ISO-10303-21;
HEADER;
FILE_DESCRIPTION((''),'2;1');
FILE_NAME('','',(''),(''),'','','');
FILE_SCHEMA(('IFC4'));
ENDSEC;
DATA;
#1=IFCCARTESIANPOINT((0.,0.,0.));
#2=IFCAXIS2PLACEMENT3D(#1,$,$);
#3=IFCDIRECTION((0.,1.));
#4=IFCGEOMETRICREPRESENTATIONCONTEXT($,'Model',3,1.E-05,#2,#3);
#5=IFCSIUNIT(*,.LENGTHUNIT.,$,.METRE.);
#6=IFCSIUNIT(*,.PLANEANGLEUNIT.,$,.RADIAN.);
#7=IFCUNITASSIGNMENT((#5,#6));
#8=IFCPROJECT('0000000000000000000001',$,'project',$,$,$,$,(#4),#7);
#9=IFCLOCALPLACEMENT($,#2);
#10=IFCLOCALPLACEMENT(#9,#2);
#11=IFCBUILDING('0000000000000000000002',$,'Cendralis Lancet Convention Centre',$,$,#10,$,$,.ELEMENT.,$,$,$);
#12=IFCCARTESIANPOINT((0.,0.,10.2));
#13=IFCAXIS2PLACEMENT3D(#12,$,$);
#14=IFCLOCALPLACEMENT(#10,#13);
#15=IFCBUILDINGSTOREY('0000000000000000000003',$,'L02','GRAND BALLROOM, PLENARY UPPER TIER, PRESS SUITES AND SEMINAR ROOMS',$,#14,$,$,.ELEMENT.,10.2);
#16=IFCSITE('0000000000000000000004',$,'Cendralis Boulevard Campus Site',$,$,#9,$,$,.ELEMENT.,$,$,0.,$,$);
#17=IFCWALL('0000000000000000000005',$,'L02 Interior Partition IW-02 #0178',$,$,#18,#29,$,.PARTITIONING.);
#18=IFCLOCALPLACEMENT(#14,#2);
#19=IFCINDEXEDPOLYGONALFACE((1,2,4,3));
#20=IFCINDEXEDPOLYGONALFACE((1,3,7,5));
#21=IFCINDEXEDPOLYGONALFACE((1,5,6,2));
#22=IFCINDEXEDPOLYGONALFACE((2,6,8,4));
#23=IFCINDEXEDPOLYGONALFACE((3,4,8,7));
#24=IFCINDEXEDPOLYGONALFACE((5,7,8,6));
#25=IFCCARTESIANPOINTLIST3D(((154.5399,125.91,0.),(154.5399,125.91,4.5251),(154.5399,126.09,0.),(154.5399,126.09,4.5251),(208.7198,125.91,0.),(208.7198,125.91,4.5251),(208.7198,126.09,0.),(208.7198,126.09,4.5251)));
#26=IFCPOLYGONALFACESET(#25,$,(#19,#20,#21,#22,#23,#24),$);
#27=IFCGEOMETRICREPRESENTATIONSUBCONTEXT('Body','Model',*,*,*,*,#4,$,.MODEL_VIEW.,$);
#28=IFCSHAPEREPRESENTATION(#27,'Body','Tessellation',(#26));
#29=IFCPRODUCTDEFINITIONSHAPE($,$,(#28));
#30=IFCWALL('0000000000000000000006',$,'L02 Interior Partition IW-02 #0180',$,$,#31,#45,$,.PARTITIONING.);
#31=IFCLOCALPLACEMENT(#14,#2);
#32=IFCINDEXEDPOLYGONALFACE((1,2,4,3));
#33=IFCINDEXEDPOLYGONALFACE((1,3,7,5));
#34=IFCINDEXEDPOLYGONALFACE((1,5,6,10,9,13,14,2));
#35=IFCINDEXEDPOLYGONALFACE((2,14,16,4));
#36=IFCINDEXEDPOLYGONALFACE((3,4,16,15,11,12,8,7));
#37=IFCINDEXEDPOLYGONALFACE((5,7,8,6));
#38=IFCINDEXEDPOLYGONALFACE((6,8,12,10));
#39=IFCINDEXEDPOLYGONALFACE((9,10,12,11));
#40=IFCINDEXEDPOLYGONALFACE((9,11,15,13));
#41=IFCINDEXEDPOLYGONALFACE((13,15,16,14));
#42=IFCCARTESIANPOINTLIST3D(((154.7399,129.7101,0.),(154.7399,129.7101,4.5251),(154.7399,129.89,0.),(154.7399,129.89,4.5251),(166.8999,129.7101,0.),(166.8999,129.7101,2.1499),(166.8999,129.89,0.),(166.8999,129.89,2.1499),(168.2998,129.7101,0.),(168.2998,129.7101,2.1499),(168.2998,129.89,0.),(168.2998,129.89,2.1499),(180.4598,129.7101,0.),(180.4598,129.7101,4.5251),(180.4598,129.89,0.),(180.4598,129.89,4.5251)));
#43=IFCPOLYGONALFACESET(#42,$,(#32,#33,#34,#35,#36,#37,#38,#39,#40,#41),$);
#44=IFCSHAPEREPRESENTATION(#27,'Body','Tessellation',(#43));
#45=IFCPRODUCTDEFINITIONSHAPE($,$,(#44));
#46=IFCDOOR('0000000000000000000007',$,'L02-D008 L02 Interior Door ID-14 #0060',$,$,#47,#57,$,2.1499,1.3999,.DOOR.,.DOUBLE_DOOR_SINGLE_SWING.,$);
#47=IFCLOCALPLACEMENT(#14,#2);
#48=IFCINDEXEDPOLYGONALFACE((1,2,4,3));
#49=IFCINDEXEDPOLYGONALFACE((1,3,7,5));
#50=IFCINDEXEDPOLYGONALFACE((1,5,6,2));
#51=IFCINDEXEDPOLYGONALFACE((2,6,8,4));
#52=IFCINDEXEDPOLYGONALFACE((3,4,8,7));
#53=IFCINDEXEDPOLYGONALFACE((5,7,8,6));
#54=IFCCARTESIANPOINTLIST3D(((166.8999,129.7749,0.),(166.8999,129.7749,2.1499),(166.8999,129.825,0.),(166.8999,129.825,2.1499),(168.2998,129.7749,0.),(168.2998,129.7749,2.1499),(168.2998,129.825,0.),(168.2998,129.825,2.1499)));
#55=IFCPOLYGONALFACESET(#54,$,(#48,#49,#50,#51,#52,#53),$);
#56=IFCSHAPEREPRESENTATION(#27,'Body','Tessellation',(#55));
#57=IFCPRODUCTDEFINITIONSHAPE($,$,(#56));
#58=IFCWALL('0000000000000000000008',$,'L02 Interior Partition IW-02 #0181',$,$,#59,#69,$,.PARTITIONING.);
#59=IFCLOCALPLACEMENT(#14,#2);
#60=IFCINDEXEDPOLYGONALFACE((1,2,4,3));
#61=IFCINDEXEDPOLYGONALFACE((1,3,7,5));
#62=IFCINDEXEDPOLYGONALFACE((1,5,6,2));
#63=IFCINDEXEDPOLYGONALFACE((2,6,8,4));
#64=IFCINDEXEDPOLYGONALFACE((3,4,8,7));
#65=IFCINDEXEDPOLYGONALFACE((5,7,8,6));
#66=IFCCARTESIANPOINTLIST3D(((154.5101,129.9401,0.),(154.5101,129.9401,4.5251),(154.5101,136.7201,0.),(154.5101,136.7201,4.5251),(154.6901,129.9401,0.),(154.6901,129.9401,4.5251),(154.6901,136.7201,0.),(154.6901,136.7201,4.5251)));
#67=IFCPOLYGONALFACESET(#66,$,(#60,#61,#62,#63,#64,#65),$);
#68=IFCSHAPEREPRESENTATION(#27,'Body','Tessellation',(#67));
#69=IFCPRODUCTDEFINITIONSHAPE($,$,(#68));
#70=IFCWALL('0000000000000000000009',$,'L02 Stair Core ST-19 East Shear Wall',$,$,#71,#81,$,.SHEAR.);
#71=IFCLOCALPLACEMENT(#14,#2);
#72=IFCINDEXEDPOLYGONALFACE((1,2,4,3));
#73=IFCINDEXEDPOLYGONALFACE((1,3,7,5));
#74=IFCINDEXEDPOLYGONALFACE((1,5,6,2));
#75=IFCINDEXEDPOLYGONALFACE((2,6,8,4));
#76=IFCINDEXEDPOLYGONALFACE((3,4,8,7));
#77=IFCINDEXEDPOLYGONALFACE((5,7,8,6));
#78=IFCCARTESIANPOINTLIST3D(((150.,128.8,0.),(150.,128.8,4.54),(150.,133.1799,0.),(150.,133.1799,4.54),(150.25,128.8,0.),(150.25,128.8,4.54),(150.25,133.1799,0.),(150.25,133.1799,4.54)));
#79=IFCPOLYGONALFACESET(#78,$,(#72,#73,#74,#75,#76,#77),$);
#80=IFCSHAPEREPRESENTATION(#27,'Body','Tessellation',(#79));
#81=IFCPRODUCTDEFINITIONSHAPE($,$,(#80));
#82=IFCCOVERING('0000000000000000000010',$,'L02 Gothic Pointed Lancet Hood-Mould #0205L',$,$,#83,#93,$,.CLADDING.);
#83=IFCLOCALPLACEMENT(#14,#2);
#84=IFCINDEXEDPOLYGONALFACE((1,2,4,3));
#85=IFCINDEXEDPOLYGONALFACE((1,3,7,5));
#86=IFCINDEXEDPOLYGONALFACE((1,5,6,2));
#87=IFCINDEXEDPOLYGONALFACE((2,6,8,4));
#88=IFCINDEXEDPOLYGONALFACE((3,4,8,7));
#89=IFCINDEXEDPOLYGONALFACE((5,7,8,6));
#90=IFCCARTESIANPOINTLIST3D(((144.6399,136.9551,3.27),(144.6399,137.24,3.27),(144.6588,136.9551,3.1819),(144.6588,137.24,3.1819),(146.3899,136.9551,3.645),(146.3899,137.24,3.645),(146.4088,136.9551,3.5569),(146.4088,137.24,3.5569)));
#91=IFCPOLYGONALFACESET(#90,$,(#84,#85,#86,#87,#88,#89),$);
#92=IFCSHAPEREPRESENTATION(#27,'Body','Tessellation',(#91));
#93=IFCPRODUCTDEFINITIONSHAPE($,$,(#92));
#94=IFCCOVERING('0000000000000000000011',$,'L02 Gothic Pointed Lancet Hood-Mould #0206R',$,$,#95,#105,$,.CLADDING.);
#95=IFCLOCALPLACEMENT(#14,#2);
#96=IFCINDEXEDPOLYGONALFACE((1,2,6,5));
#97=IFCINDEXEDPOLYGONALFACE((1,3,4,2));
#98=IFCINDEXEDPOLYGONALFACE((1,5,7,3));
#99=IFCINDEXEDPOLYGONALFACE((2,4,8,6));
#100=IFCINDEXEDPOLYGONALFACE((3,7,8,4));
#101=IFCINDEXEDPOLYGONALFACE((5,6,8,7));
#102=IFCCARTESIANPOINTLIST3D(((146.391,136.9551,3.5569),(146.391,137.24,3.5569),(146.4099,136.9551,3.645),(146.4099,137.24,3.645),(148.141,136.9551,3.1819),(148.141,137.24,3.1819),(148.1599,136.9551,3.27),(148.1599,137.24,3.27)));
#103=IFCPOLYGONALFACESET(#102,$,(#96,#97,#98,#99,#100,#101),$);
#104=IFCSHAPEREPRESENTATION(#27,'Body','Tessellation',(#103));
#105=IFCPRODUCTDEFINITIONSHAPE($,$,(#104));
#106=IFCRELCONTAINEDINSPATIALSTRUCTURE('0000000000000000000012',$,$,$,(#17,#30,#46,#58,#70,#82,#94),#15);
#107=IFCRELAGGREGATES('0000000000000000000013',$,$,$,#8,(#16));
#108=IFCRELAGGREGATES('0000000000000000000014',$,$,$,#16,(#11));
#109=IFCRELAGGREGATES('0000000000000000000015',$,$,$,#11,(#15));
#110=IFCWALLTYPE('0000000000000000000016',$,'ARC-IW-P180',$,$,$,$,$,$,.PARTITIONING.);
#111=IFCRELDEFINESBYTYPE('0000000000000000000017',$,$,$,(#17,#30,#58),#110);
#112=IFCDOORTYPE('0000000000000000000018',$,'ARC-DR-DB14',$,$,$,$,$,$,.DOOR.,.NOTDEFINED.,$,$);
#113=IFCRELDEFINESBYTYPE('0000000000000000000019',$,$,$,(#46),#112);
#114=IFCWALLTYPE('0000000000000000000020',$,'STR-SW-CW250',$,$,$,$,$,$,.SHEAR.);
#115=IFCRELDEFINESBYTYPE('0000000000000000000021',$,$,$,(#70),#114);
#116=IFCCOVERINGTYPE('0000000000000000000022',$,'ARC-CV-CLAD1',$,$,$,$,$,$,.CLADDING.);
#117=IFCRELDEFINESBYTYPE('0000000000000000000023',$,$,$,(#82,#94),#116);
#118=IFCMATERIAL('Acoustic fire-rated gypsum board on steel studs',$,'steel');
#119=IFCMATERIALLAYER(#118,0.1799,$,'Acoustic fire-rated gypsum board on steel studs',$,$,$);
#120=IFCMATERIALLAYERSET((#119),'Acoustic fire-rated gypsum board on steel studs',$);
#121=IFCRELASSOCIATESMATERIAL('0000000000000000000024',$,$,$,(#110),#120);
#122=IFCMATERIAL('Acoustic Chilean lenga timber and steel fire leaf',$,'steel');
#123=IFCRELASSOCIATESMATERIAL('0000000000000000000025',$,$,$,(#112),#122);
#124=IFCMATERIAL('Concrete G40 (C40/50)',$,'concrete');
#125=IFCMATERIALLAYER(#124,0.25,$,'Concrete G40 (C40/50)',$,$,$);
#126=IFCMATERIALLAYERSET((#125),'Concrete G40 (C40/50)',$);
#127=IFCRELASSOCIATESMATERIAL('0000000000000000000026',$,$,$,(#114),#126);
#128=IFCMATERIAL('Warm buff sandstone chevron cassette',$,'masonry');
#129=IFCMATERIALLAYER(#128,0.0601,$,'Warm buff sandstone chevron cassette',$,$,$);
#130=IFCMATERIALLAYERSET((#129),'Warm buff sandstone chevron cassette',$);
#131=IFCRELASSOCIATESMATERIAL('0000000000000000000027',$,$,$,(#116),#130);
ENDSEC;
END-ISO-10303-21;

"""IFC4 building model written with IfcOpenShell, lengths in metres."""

from ifc_helpers import new_model, si_unit, direction, frame, frame_2d, origin, place, context, subcontext, project, spatial, polyline, rectangle, outline, extrude, material, layer, layer_set, type_object, element, fill, save


model = new_model("IFC4")

# Units and contexts
model_context = context("Model", 3, precision=1e-05, world=origin(), true_north=direction((0.0, 1.0)))
body_context = subcontext(model_context, "Body", "Model", "MODEL_VIEW")
ifc_project = project(units=[si_unit("LENGTHUNIT", "METRE"), si_unit("PLANEANGLEUNIT", "RADIAN")], contexts=[model_context])

# Site, building, storey
site_placement = place(None, origin())
site = spatial("IfcSite", under=ifc_project, at=site_placement, Name="Cendralis Boulevard Campus Site", CompositionType="ELEMENT", RefElevation=0.0)
building_placement = place(site_placement, origin())
building = spatial("IfcBuilding", under=site, at=building_placement, Name="Cendralis Lancet Convention Centre", CompositionType="ELEMENT")
storey_placement = place(building_placement, frame((0.0, 0.0, 10.2)))
storey = spatial("IfcBuildingStorey", under=building, at=storey_placement, Name="L02", Description="GRAND BALLROOM, PLENARY UPPER TIER, PRESS SUITES AND SEMINAR ROOMS", CompositionType="ELEMENT", Elevation=10.2)

# Shared definitions
ifc_material_1 = material(Name="Concrete G40 (C40/50)", Category="concrete")

# Wall
ifc_material_2 = material(Name="Acoustic fire-rated gypsum board on steel studs", Category="steel")
ifc_layer_1 = layer(ifc_material_2, 0.1799, Name="Acoustic fire-rated gypsum board on steel studs")
ifc_layer_set_1 = layer_set([ifc_layer_1], Name="Acoustic fire-rated gypsum board on steel studs")
wall_type_1 = type_object("IfcWallType", Name="ARC-IW-P180", PredefinedType="PARTITIONING", material=ifc_layer_set_1)
wall_1_placement = place(storey_placement, frame((154.54, 126.0, 0.0), z_axis=(0.0, 0.0, 1.0), x_axis=(1.0, 0.0, 0.0)))
element("IfcWall", 1, at=wall_1_placement, inside=storey, type_object=wall_type_1, Name="L02 Interior Partition IW-02 #0178", PredefinedType="PARTITIONING", context=body_context, shape_type="SweptSolid", body=[
    extrude(rectangle(XDim=54.1799, YDim=0.1799, at=frame_2d((27.0898, 0.0))), origin(), (0.0, 0.0, 1.0), 4.5251),
])

# Wall, opening, door
wall_2_placement = place(storey_placement, frame((154.74, 129.8, 0.0), z_axis=(0.0, 0.0, 1.0), x_axis=(1.0, 0.0, 0.0)))
wall_2 = element("IfcWall", 2, at=wall_2_placement, inside=storey, type_object=wall_type_1, Name="L02 Interior Partition IW-02 #0180", PredefinedType="PARTITIONING", context=body_context, shape_type="SweptSolid", body=[
    extrude(rectangle(XDim=25.72, YDim=0.1799, at=frame_2d((12.8599, 0.0))), origin(), (0.0, 0.0, 1.0), 4.5251),
])
opening_placement = place(wall_2_placement, frame((12.1599, 0.0, 0.0)))
opening = element("IfcOpeningElement", 3, at=opening_placement, cuts=wall_2, PredefinedType="OPENING", context=body_context, shape_type="SweptSolid", body=[
    extrude(rectangle(XDim=1.3999, YDim=2.1499, at=frame_2d((0.7, 1.075))), frame((0.0, 0.0999, 0.0), z_axis=(0.0, -1.0, 0.0), x_axis=(1.0, 0.0, 0.0)), (0.0, 0.0, 1.0), 0.2),
])
ifc_material_3 = material(Name="Acoustic Chilean lenga timber and steel fire leaf", Category="steel")
door_type = type_object("IfcDoorType", Name="ARC-DR-DB14", OperationType="NOTDEFINED", PredefinedType="DOOR", material=ifc_material_3)
door_placement = place(opening_placement, origin())
door = element("IfcDoor", 4, at=door_placement, inside=storey, type_object=door_type, Name="L02-D008 L02 Interior Door ID-14 #0060", OperationType="DOUBLE_DOOR_SINGLE_SWING", OverallHeight=2.1499, OverallWidth=1.3999, PredefinedType="DOOR", context=body_context, shape_type="SweptSolid", body=[
    extrude(rectangle(XDim=1.3999, YDim=2.1499, at=frame_2d((0.7, 1.075))), frame((0.0, 0.0249, 0.0), z_axis=(0.0, -1.0, 0.0), x_axis=(1.0, 0.0, 0.0)), (0.0, 0.0, 1.0), 0.05),
])
fill(opening, door)

# Walls
wall_3_placement = place(storey_placement, frame((154.6001, 129.9399, 0.0), z_axis=(0.0, 0.0, 1.0), x_axis=(0.0, 1.0, 0.0)))
element("IfcWall", 5, at=wall_3_placement, inside=storey, type_object=wall_type_1, Name="L02 Interior Partition IW-02 #0181", PredefinedType="PARTITIONING", context=body_context, shape_type="SweptSolid", body=[
    extrude(rectangle(XDim=6.78, YDim=0.1799, at=frame_2d((3.3901, 0.0))), origin(), (0.0, 0.0, 1.0), 4.5251),
])
ifc_layer_2 = layer(ifc_material_1, 0.25, Name="Concrete G40 (C40/50)")
ifc_layer_set_2 = layer_set([ifc_layer_2], Name="Concrete G40 (C40/50)")
wall_type_2 = type_object("IfcWallType", Name="STR-SW-CW250", PredefinedType="SHEAR", material=ifc_layer_set_2)
wall_4_placement = place(storey_placement, frame((150.125, 128.8, 0.0), z_axis=(0.0, 0.0, 1.0), x_axis=(0.0, 1.0, 0.0)))
element("IfcWall", 6, at=wall_4_placement, inside=storey, type_object=wall_type_2, Name="L02 Stair Core ST-19 East Shear Wall", PredefinedType="SHEAR", context=body_context, shape_type="SweptSolid", body=[
    extrude(rectangle(XDim=4.3799, YDim=0.25, at=frame_2d((2.1899, 0.0))), origin(), (0.0, 0.0, 1.0), 4.54),
])

# Coverings
ifc_material_4 = material(Name="Warm buff sandstone chevron cassette", Category="masonry")
ifc_layer_3 = layer(ifc_material_4, 0.0601, Name="Warm buff sandstone chevron cassette")
ifc_layer_set_3 = layer_set([ifc_layer_3], Name="Warm buff sandstone chevron cassette")
covering_type = type_object("IfcCoveringType", Name="ARC-CV-CLAD1", PredefinedType="CLADDING", material=ifc_layer_set_3)
for number, where, z_axis, x_axis, name in (
    (7, (144.6399, 137.24, 3.27), (-0.209529, 0.0, 0.977802), (0.0, -1.0, 0.0), "L02 Gothic Pointed Lancet Hood-Mould #0205L"),
    (8, (146.4099, 137.24, 3.645), (0.209529, 0.0, 0.977802), (0.0, -1.0, 0.0), "L02 Gothic Pointed Lancet Hood-Mould #0206R"),
):
    element("IfcCovering", number, at=place(storey_placement, frame(where, z_axis=z_axis, x_axis=x_axis)), inside=storey, type_object=covering_type, Name=name, PredefinedType="CLADDING", context=body_context, shape_type="SweptSolid", body=[
        extrude(outline(polyline([(0.0, 0.0), (0.2849, 0.0), (0.2849, 1.7897), (0.0, 1.7897), (0.0, 0.0)])), origin(), (0.0, 0.0, -1.0), 0.0901),
    ])

save(model, "model.ifc")
